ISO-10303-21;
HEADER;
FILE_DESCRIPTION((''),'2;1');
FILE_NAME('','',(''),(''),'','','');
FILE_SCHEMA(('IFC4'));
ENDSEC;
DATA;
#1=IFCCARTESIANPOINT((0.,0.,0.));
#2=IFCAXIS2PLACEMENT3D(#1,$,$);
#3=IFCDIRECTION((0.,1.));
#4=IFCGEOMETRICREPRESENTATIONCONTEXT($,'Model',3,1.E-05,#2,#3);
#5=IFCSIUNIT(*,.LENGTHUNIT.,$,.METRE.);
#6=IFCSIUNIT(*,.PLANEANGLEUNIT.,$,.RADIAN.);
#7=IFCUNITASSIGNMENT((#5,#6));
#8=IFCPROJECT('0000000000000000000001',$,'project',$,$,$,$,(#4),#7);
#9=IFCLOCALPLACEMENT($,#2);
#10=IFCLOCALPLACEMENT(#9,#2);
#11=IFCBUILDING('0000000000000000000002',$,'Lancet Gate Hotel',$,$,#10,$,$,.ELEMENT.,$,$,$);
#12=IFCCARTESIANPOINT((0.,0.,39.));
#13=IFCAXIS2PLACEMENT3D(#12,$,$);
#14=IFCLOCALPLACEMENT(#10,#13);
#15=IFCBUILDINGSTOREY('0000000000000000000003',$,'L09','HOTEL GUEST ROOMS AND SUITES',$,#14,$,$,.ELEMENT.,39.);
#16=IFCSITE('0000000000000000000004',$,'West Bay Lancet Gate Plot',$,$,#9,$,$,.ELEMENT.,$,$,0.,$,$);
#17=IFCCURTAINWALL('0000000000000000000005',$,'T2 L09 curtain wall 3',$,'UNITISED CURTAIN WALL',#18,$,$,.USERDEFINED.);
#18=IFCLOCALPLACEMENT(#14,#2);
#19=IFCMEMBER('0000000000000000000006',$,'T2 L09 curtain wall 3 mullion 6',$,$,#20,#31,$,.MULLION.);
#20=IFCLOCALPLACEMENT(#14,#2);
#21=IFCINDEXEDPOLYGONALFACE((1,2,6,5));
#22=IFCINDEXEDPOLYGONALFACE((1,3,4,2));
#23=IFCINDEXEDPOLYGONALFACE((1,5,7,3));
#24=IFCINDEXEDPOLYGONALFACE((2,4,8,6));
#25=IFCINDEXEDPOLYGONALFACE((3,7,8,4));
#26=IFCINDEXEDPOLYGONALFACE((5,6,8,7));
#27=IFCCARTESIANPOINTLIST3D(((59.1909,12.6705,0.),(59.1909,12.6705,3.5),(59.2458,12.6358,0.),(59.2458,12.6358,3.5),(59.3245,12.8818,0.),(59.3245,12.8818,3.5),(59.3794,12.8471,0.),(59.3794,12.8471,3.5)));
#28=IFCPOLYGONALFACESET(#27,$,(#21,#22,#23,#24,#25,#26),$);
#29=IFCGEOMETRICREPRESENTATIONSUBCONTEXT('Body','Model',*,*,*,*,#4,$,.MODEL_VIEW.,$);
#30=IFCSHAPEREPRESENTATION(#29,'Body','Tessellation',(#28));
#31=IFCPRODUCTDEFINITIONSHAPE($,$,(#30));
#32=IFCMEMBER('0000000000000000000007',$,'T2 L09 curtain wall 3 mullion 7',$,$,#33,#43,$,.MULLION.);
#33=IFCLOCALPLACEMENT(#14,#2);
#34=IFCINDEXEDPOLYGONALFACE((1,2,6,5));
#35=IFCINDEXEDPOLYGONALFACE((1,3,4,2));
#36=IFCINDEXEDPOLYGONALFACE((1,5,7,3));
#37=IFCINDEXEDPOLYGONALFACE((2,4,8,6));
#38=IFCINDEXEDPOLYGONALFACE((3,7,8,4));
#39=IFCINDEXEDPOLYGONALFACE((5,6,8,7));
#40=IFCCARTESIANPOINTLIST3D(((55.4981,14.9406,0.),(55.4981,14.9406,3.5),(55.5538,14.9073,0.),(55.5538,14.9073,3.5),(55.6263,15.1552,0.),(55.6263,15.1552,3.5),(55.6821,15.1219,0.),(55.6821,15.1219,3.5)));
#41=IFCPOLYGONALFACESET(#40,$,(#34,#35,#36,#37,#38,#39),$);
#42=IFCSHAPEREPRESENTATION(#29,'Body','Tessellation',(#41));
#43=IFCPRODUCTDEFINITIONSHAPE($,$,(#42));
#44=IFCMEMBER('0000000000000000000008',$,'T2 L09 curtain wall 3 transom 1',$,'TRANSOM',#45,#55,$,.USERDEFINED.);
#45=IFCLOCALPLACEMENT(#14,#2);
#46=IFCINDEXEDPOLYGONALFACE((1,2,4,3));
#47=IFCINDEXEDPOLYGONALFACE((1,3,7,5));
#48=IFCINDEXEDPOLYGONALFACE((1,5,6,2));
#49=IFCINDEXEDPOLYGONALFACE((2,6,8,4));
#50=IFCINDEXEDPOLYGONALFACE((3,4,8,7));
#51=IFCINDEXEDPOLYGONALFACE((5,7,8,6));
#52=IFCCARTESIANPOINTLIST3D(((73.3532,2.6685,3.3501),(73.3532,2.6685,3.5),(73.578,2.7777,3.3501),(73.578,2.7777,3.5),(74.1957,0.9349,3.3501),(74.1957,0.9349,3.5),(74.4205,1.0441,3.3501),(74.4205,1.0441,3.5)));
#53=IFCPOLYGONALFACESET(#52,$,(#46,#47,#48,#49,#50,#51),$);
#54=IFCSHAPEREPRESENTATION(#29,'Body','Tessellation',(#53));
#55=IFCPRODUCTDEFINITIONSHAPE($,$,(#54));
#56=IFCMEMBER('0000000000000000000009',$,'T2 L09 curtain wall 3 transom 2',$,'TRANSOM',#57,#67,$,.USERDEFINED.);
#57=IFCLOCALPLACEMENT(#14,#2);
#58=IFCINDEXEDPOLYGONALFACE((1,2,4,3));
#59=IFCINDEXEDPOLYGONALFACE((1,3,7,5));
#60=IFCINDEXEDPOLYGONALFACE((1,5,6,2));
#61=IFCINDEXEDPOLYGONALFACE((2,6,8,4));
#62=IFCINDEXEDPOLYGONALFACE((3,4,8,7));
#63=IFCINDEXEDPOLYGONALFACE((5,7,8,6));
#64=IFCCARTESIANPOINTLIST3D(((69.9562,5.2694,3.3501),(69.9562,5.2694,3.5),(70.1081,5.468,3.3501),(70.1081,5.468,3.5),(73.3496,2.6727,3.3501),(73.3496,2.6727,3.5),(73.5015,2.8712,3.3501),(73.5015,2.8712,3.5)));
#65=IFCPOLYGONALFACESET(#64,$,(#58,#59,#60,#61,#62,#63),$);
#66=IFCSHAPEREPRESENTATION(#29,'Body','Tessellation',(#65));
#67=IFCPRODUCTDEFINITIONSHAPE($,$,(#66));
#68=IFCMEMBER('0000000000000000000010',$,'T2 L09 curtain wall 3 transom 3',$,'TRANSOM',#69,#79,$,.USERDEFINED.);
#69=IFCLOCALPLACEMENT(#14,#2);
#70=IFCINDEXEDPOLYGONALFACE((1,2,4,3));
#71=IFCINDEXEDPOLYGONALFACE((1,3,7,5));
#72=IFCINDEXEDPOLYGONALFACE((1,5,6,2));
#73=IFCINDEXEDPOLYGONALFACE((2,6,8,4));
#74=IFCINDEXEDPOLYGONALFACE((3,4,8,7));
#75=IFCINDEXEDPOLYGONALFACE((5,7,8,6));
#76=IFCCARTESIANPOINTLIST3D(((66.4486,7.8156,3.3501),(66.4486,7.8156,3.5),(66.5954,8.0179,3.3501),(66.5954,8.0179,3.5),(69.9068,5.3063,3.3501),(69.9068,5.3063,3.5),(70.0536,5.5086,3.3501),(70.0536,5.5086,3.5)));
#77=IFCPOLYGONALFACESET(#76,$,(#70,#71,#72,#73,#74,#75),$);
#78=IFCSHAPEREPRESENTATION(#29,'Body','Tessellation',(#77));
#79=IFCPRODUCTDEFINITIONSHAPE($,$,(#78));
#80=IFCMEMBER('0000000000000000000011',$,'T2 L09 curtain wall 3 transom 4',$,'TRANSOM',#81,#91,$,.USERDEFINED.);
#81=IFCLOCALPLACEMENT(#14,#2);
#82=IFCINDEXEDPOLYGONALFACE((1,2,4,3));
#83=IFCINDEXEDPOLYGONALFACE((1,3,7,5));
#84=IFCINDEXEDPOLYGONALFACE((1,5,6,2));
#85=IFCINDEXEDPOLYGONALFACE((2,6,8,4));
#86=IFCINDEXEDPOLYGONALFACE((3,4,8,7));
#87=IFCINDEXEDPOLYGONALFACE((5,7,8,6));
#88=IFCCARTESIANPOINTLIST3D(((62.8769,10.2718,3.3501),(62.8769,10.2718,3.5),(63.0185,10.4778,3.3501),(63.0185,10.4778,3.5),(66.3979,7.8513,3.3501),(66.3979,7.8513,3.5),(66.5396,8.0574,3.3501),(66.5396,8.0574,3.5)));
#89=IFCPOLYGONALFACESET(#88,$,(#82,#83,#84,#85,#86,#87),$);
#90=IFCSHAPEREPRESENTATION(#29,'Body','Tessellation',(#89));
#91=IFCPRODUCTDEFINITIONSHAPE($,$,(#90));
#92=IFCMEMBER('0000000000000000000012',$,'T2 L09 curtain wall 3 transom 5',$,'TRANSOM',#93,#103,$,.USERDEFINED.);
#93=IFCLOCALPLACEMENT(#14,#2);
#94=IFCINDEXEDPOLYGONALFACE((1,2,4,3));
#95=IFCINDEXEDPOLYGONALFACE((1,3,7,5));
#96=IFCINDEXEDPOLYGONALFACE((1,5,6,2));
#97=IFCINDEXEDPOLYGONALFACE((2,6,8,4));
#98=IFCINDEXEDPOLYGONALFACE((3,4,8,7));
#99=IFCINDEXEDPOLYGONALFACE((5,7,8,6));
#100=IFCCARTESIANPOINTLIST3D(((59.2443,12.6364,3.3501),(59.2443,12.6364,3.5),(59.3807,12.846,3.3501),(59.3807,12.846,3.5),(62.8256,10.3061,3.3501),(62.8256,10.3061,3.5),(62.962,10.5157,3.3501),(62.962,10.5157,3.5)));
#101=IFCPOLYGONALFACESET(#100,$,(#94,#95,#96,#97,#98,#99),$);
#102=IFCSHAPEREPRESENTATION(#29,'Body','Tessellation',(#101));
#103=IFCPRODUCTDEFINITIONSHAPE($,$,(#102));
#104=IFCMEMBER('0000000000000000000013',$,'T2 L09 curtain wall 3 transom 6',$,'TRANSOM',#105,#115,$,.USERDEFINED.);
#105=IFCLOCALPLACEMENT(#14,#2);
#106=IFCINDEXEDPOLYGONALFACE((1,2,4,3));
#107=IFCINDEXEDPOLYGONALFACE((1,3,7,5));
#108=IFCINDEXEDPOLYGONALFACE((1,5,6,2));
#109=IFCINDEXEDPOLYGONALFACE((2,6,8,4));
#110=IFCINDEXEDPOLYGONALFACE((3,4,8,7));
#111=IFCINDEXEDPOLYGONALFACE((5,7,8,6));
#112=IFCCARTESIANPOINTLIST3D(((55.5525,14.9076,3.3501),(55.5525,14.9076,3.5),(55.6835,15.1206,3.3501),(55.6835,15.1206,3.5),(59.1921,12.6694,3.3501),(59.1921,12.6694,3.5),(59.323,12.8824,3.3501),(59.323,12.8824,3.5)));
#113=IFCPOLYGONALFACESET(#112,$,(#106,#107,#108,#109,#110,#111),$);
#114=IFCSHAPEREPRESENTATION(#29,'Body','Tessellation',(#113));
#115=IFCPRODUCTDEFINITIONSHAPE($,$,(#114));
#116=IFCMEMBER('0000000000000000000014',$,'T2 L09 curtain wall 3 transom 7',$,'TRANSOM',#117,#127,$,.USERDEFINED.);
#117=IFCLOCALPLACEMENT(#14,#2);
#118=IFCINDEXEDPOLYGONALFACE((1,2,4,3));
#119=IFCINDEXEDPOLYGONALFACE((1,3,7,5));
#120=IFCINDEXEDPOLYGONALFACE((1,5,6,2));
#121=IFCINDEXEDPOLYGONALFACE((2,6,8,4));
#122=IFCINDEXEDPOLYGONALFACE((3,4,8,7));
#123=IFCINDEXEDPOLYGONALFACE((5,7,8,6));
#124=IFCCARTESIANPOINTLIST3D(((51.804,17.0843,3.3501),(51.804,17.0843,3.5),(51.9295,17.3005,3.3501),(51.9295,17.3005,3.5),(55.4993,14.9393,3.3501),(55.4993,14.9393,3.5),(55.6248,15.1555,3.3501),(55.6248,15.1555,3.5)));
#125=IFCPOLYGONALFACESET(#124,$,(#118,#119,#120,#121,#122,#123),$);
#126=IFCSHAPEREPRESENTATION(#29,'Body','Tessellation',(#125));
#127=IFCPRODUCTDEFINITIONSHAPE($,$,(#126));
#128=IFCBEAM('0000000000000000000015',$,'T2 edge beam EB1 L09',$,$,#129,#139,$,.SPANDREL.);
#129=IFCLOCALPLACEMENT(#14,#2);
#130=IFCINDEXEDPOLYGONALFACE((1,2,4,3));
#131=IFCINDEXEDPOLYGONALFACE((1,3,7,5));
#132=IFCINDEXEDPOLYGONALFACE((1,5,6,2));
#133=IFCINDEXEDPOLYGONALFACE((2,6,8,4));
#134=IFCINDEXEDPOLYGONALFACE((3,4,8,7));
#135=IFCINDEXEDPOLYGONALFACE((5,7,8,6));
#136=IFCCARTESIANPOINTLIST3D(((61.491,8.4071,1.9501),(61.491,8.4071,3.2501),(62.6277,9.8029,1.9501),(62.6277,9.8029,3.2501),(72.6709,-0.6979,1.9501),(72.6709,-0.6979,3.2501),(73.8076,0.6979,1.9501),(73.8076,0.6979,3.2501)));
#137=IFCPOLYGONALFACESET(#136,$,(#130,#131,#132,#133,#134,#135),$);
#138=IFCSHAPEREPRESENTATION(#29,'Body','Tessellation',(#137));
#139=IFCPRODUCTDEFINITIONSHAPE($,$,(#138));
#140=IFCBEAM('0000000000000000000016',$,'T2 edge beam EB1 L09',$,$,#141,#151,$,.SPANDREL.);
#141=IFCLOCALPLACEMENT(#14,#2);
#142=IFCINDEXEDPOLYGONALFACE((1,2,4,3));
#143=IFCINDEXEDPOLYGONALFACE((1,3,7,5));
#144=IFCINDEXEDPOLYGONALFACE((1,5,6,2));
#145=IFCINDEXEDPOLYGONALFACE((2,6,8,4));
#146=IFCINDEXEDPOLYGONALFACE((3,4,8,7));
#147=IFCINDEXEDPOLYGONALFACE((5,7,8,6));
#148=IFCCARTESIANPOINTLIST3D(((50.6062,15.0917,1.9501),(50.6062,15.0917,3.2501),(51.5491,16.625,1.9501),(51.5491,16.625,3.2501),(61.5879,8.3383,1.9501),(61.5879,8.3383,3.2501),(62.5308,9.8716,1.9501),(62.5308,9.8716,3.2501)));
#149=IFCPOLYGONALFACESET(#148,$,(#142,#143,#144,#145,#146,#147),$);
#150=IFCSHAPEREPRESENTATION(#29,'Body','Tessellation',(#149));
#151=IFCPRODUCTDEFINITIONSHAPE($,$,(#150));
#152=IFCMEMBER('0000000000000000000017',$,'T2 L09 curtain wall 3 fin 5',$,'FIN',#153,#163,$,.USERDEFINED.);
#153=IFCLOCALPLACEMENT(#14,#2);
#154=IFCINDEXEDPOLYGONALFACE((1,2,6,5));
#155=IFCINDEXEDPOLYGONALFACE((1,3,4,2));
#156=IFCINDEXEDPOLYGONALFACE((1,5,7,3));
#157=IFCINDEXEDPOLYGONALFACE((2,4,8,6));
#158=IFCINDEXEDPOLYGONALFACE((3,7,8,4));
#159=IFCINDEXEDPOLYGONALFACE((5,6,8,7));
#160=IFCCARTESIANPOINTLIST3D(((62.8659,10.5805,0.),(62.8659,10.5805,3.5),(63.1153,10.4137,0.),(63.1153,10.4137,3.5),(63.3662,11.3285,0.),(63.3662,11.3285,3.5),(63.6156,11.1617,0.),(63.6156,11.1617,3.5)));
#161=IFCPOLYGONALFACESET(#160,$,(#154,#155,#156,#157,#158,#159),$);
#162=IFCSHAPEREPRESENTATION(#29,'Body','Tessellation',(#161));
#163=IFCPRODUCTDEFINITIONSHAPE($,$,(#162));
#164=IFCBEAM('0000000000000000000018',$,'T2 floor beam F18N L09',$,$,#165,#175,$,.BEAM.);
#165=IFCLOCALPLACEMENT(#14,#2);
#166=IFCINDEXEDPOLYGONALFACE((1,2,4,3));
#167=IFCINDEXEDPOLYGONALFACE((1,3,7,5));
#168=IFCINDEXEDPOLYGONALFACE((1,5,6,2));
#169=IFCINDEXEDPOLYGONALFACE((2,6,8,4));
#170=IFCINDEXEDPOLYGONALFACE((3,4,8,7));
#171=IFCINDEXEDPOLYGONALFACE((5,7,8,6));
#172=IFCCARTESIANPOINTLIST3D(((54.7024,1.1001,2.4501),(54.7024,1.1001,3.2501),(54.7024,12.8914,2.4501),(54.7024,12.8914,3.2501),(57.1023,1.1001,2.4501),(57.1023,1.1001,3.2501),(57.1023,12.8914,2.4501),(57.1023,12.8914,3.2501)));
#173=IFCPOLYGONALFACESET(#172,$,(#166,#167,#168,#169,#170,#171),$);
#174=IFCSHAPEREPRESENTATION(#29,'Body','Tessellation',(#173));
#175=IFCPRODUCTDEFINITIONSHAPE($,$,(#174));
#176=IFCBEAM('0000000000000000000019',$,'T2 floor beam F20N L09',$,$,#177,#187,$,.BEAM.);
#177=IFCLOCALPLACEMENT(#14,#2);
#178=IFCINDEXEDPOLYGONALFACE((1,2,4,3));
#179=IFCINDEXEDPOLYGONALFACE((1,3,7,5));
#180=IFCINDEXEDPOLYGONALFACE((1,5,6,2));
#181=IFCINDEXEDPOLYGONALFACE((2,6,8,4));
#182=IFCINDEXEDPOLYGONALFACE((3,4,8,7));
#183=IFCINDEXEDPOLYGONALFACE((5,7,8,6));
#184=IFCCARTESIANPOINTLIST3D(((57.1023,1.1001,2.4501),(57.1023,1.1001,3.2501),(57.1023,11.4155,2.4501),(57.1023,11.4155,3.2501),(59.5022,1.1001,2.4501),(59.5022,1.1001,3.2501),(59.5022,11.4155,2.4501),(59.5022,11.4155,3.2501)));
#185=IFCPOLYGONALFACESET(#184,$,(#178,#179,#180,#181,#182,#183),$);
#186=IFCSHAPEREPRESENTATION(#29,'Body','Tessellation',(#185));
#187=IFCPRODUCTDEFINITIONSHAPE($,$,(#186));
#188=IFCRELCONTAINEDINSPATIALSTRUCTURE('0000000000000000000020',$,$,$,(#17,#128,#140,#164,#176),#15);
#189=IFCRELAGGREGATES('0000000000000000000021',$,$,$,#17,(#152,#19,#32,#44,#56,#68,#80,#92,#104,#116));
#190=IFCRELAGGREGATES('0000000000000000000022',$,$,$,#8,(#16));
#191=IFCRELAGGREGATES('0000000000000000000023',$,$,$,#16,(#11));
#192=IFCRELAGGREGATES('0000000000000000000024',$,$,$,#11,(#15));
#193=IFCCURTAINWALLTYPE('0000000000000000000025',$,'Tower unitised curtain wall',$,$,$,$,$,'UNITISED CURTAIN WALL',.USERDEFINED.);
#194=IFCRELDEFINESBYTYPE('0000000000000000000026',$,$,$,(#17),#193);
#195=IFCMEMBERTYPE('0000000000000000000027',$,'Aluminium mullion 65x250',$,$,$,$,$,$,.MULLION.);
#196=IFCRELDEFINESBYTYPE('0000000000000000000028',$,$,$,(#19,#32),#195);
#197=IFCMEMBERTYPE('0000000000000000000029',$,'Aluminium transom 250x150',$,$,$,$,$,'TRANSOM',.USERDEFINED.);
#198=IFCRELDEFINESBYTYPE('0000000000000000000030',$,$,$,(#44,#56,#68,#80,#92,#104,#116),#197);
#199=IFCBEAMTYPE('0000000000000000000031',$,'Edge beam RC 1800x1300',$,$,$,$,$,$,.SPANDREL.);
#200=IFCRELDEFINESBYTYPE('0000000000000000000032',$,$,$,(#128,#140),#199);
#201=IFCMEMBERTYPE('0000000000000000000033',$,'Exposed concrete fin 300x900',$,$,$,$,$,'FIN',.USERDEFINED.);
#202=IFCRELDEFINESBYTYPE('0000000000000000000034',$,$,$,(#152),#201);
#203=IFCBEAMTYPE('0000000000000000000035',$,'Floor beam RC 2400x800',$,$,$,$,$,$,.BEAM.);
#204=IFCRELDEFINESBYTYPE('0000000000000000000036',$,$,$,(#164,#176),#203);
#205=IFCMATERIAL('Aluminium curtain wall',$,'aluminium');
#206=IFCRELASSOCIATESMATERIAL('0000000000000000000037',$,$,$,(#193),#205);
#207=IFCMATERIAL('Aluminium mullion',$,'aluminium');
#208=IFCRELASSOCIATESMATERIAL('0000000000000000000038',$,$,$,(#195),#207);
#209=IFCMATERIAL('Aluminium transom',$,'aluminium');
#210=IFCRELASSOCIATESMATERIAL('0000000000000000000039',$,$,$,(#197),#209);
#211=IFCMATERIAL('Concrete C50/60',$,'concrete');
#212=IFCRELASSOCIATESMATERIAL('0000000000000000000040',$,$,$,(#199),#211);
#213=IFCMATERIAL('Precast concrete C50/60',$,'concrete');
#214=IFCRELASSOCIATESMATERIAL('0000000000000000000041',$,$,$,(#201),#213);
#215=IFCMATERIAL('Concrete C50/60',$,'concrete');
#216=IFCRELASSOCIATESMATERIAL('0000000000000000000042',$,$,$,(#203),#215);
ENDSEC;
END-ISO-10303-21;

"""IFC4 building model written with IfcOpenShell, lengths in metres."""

from ifc_helpers import new_model, si_unit, direction, frame, origin, origin_2d, place, context, subcontext, project, spatial, rectangle, extrude, material, material_profile, profile_set, type_object, element, aggregate, save


model = new_model("IFC4")

# Units and contexts
model_context = context("Model", 3, precision=1e-05, world=origin(), true_north=direction((0.0, 1.0)))
body_context = subcontext(model_context, "Body", "Model", "MODEL_VIEW")
ifc_project = project(units=[si_unit("LENGTHUNIT", "METRE"), si_unit("PLANEANGLEUNIT", "RADIAN")], contexts=[model_context])

# Site, building, storey
site_placement = place(None, origin())
site = spatial("IfcSite", under=ifc_project, at=site_placement, Name="West Bay Lancet Gate Plot", CompositionType="ELEMENT", RefElevation=0.0)
building_placement = place(site_placement, origin())
building = spatial("IfcBuilding", under=site, at=building_placement, Name="Lancet Gate Hotel", CompositionType="ELEMENT")
storey_placement = place(building_placement, frame((0.0, 0.0, 39.0)))
storey = spatial("IfcBuildingStorey", under=building, at=storey_placement, Name="L09", Description="HOTEL GUEST ROOMS AND SUITES", CompositionType="ELEMENT", Elevation=39.0)

# Curtain wall, members
ifc_material_1 = material(Name="Aluminium curtain wall", Category="aluminium")
curtain_wall_type = type_object("IfcCurtainWallType", Name="Tower unitised curtain wall", ElementType="UNITISED CURTAIN WALL", PredefinedType="USERDEFINED", material=ifc_material_1)
curtain_wall_placement = place(storey_placement, origin())
curtain_wall = element("IfcCurtainWall", 1, at=curtain_wall_placement, inside=storey, type_object=curtain_wall_type, Name="T2 L09 curtain wall 3", ObjectType="UNITISED CURTAIN WALL", PredefinedType="USERDEFINED")
ifc_material_2 = material(Name="Aluminium mullion", Category="aluminium")
ifc_material_profile_1 = material_profile(ifc_material_2, rectangle(XDim=0.0649, YDim=0.25, at=origin_2d()), Name="MULLION 65x250")
ifc_profile_set_1 = profile_set([ifc_material_profile_1], Name="Aluminium mullion")
member_type_1 = type_object("IfcMemberType", Name="Aluminium mullion 65x250", PredefinedType="MULLION", material=ifc_profile_set_1)
member_1_placement = place(storey_placement, frame((59.2852, 12.7588, 0.0), z_axis=(0.0, 0.0, 1.0), x_axis=(-0.845079, 0.534641, 0.0)))
member_1 = element("IfcMember", 2, at=member_1_placement, type_object=member_type_1, Name="T2 L09 curtain wall 3 mullion 6", PredefinedType="MULLION", context=body_context, shape_type="SweptSolid", body=[
    extrude(rectangle(XDim=0.0649, YDim=0.25, at=origin_2d()), origin(), (0.0, 0.0, 1.0), 3.5),
])
member_2_placement = place(storey_placement, frame((55.5901, 15.0312, 0.0), z_axis=(0.0, 0.0, 1.0), x_axis=(-0.858413, 0.512959, 0.0)))
member_2 = element("IfcMember", 3, at=member_2_placement, type_object=member_type_1, Name="T2 L09 curtain wall 3 mullion 7", PredefinedType="MULLION", context=body_context, shape_type="SweptSolid", body=[
    extrude(rectangle(XDim=0.0649, YDim=0.25, at=origin_2d()), origin(), (0.0, 0.0, 1.0), 3.5),
])
ifc_material_3 = material(Name="Aluminium transom", Category="aluminium")
ifc_material_profile_2 = material_profile(ifc_material_3, rectangle(XDim=0.25, YDim=0.1499, at=origin_2d()), Name="TRANSOM 250x150")
ifc_profile_set_2 = profile_set([ifc_material_profile_2], Name="Aluminium transom")
member_type_2 = type_object("IfcMemberType", Name="Aluminium transom 250x150", ElementType="TRANSOM", PredefinedType="USERDEFINED", material=ifc_profile_set_2)
member_3_placement = place(storey_placement, frame((74.3081, 0.9895, 3.425), z_axis=(-0.437103, 0.899411, 0.0), x_axis=(-0.899411, -0.437103, 0.0)))
member_3 = element("IfcMember", 4, at=member_3_placement, type_object=member_type_2, Name="T2 L09 curtain wall 3 transom 1", ObjectType="TRANSOM", PredefinedType="USERDEFINED", context=body_context, shape_type="SweptSolid", body=[
    extrude(rectangle(XDim=0.25, YDim=0.1499, at=origin_2d()), origin(), (0.0, 0.0, 1.0), 1.9275),
])
member_4_placement = place(storey_placement, frame((73.4255, 2.772, 3.425), z_axis=(-0.794155, 0.607715, 0.0), x_axis=(-0.607715, -0.794155, 0.0)))
member_4 = element("IfcMember", 5, at=member_4_placement, type_object=member_type_2, Name="T2 L09 curtain wall 3 transom 2", ObjectType="TRANSOM", PredefinedType="USERDEFINED", context=body_context, shape_type="SweptSolid", body=[
    extrude(rectangle(XDim=0.25, YDim=0.1499, at=origin_2d()), origin(), (0.0, 0.0, 1.0), 4.2729),
])
member_5_placement = place(storey_placement, frame((69.9802, 5.4075, 3.425), z_axis=(-0.809383, 0.587281, 0.0), x_axis=(-0.587281, -0.809383, 0.0)))
member_5 = element("IfcMember", 6, at=member_5_placement, type_object=member_type_2, Name="T2 L09 curtain wall 3 transom 3", ObjectType="TRANSOM", PredefinedType="USERDEFINED", context=body_context, shape_type="SweptSolid", body=[
    extrude(rectangle(XDim=0.25, YDim=0.1499, at=origin_2d()), origin(), (0.0, 0.0, 1.0), 4.2727),
])
member_6_placement = place(storey_placement, frame((66.4688, 7.9543, 3.425), z_axis=(-0.824072, 0.566485, 0.0), x_axis=(-0.566485, -0.824072, 0.0)))
member_6 = element("IfcMember", 7, at=member_6_placement, type_object=member_type_2, Name="T2 L09 curtain wall 3 transom 4", ObjectType="TRANSOM", PredefinedType="USERDEFINED", context=body_context, shape_type="SweptSolid", body=[
    extrude(rectangle(XDim=0.25, YDim=0.1499, at=origin_2d()), origin(), (0.0, 0.0, 1.0), 4.2727),
])
member_7_placement = place(storey_placement, frame((62.8938, 10.4109, 3.425), z_axis=(-0.838179, 0.545396, 0.0), x_axis=(-0.545396, -0.838179, 0.0)))
member_7 = element("IfcMember", 8, at=member_7_placement, type_object=member_type_2, Name="T2 L09 curtain wall 3 transom 5", ObjectType="TRANSOM", PredefinedType="USERDEFINED", context=body_context, shape_type="SweptSolid", body=[
    extrude(rectangle(XDim=0.25, YDim=0.1499, at=origin_2d()), origin(), (0.0, 0.0, 1.0), 4.2727),
])
member_8_placement = place(storey_placement, frame((59.2576, 12.7759, 3.425), z_axis=(-0.851815, 0.523842, 0.0), x_axis=(-0.523842, -0.851815, 0.0)))
member_8 = element("IfcMember", 9, at=member_8_placement, type_object=member_type_2, Name="T2 L09 curtain wall 3 transom 6", ObjectType="TRANSOM", PredefinedType="USERDEFINED", context=body_context, shape_type="SweptSolid", body=[
    extrude(rectangle(XDim=0.25, YDim=0.1499, at=origin_2d()), origin(), (0.0, 0.0, 1.0), 4.2727),
])
member_9_placement = place(storey_placement, frame((55.562, 15.0474, 3.425), z_axis=(-0.864855, 0.502022, 0.0), x_axis=(-0.502022, -0.864855, 0.0)))
member_9 = element("IfcMember", 10, at=member_9_placement, type_object=member_type_2, Name="T2 L09 curtain wall 3 transom 7", ObjectType="TRANSOM", PredefinedType="USERDEFINED", context=body_context, shape_type="SweptSolid", body=[
    extrude(rectangle(XDim=0.25, YDim=0.1499, at=origin_2d()), origin(), (0.0, 0.0, 1.0), 4.2727),
])

# Beams
ifc_material_4 = material(Name="Concrete C50/60", Category="concrete")
ifc_material_profile_3 = material_profile(ifc_material_4, rectangle(XDim=1.8, YDim=1.3, at=origin_2d()), Name="RC 1800x1300")
ifc_profile_set_3 = profile_set([ifc_material_profile_3], Name="Concrete C50/60")
beam_type_1 = type_object("IfcBeamType", Name="Edge beam RC 1800x1300", PredefinedType="SPANDREL", material=ifc_profile_set_3)
beam_1_placement = place(storey_placement, frame((73.2393, 0.0, 2.6001), z_axis=(-0.775391, 0.631481, 0.0), x_axis=(-0.631481, -0.775391, 0.0)))
element("IfcBeam", 11, at=beam_1_placement, inside=storey, type_object=beam_type_1, Name="T2 edge beam EB1 L09", PredefinedType="SPANDREL", context=body_context, shape_type="SweptSolid", body=[
    extrude(rectangle(XDim=1.8, YDim=1.3, at=origin_2d()), origin(), (0.0, 0.0, 1.0), 14.4185),
])
beam_2_placement = place(storey_placement, frame((62.0593, 9.105, 2.6001), z_axis=(-0.851816, 0.523842, 0.0), x_axis=(-0.523842, -0.851816, 0.0)))
element("IfcBeam", 12, at=beam_2_placement, inside=storey, type_object=beam_type_1, Name="T2 edge beam EB1 L09", PredefinedType="SPANDREL", context=body_context, shape_type="SweptSolid", body=[
    extrude(rectangle(XDim=1.8, YDim=1.3, at=origin_2d()), origin(), (0.0, 0.0, 1.0), 12.8921),
])

# Member
ifc_material_5 = material(Name="Precast concrete C50/60", Category="concrete")
ifc_material_profile_4 = material_profile(ifc_material_5, rectangle(XDim=0.3, YDim=0.8999, at=origin_2d()), Name="FIN 300x900")
ifc_profile_set_4 = profile_set([ifc_material_profile_4], Name="Precast concrete C50/60")
member_type_3 = type_object("IfcMemberType", Name="Exposed concrete fin 300x900", ElementType="FIN", PredefinedType="USERDEFINED", material=ifc_profile_set_4)
member_10_placement = place(storey_placement, frame((63.2407, 10.8711, 0.0), z_axis=(0.0, 0.0, 1.0), x_axis=(-0.831198, 0.555976, 0.0)))
member_10 = element("IfcMember", 13, at=member_10_placement, type_object=member_type_3, Name="T2 L09 curtain wall 3 fin 5", ObjectType="FIN", PredefinedType="USERDEFINED", context=body_context, shape_type="SweptSolid", body=[
    extrude(rectangle(XDim=0.3, YDim=0.8999, at=origin_2d()), origin(), (0.0, 0.0, 1.0), 3.5),
])

# Beams
ifc_material_6 = material(Name="Concrete C50/60", Category="concrete")
ifc_material_profile_5 = material_profile(ifc_material_6, rectangle(XDim=2.3999, YDim=0.8, at=origin_2d()), Name="RC 2400x800")
ifc_profile_set_5 = profile_set([ifc_material_profile_5], Name="Concrete C50/60")
beam_type_2 = type_object("IfcBeamType", Name="Floor beam RC 2400x800", PredefinedType="BEAM", material=ifc_profile_set_5)
beam_3_placement = place(storey_placement, frame((55.9023, 1.1001, 2.8501), z_axis=(0.0, 1.0, 0.0), x_axis=(-1.0, 0.0, 0.0)))
element("IfcBeam", 14, at=beam_3_placement, inside=storey, type_object=beam_type_2, Name="T2 floor beam F18N L09", PredefinedType="BEAM", context=body_context, shape_type="SweptSolid", body=[
    extrude(rectangle(XDim=2.3999, YDim=0.8, at=origin_2d()), origin(), (0.0, 0.0, 1.0), 11.7913),
])
beam_4_placement = place(storey_placement, frame((58.3022, 1.1001, 2.8501), z_axis=(0.0, 1.0, 0.0), x_axis=(-1.0, 0.0, 0.0)))
element("IfcBeam", 15, at=beam_4_placement, inside=storey, type_object=beam_type_2, Name="T2 floor beam F20N L09", PredefinedType="BEAM", context=body_context, shape_type="SweptSolid", body=[
    extrude(rectangle(XDim=2.3999, YDim=0.8, at=origin_2d()), origin(), (0.0, 0.0, 1.0), 10.3154),
])

aggregate(curtain_wall, [member_10, member_1, member_2, member_3, member_4, member_5, member_6, member_7, member_8, member_9])

save(model, "model.ifc")
